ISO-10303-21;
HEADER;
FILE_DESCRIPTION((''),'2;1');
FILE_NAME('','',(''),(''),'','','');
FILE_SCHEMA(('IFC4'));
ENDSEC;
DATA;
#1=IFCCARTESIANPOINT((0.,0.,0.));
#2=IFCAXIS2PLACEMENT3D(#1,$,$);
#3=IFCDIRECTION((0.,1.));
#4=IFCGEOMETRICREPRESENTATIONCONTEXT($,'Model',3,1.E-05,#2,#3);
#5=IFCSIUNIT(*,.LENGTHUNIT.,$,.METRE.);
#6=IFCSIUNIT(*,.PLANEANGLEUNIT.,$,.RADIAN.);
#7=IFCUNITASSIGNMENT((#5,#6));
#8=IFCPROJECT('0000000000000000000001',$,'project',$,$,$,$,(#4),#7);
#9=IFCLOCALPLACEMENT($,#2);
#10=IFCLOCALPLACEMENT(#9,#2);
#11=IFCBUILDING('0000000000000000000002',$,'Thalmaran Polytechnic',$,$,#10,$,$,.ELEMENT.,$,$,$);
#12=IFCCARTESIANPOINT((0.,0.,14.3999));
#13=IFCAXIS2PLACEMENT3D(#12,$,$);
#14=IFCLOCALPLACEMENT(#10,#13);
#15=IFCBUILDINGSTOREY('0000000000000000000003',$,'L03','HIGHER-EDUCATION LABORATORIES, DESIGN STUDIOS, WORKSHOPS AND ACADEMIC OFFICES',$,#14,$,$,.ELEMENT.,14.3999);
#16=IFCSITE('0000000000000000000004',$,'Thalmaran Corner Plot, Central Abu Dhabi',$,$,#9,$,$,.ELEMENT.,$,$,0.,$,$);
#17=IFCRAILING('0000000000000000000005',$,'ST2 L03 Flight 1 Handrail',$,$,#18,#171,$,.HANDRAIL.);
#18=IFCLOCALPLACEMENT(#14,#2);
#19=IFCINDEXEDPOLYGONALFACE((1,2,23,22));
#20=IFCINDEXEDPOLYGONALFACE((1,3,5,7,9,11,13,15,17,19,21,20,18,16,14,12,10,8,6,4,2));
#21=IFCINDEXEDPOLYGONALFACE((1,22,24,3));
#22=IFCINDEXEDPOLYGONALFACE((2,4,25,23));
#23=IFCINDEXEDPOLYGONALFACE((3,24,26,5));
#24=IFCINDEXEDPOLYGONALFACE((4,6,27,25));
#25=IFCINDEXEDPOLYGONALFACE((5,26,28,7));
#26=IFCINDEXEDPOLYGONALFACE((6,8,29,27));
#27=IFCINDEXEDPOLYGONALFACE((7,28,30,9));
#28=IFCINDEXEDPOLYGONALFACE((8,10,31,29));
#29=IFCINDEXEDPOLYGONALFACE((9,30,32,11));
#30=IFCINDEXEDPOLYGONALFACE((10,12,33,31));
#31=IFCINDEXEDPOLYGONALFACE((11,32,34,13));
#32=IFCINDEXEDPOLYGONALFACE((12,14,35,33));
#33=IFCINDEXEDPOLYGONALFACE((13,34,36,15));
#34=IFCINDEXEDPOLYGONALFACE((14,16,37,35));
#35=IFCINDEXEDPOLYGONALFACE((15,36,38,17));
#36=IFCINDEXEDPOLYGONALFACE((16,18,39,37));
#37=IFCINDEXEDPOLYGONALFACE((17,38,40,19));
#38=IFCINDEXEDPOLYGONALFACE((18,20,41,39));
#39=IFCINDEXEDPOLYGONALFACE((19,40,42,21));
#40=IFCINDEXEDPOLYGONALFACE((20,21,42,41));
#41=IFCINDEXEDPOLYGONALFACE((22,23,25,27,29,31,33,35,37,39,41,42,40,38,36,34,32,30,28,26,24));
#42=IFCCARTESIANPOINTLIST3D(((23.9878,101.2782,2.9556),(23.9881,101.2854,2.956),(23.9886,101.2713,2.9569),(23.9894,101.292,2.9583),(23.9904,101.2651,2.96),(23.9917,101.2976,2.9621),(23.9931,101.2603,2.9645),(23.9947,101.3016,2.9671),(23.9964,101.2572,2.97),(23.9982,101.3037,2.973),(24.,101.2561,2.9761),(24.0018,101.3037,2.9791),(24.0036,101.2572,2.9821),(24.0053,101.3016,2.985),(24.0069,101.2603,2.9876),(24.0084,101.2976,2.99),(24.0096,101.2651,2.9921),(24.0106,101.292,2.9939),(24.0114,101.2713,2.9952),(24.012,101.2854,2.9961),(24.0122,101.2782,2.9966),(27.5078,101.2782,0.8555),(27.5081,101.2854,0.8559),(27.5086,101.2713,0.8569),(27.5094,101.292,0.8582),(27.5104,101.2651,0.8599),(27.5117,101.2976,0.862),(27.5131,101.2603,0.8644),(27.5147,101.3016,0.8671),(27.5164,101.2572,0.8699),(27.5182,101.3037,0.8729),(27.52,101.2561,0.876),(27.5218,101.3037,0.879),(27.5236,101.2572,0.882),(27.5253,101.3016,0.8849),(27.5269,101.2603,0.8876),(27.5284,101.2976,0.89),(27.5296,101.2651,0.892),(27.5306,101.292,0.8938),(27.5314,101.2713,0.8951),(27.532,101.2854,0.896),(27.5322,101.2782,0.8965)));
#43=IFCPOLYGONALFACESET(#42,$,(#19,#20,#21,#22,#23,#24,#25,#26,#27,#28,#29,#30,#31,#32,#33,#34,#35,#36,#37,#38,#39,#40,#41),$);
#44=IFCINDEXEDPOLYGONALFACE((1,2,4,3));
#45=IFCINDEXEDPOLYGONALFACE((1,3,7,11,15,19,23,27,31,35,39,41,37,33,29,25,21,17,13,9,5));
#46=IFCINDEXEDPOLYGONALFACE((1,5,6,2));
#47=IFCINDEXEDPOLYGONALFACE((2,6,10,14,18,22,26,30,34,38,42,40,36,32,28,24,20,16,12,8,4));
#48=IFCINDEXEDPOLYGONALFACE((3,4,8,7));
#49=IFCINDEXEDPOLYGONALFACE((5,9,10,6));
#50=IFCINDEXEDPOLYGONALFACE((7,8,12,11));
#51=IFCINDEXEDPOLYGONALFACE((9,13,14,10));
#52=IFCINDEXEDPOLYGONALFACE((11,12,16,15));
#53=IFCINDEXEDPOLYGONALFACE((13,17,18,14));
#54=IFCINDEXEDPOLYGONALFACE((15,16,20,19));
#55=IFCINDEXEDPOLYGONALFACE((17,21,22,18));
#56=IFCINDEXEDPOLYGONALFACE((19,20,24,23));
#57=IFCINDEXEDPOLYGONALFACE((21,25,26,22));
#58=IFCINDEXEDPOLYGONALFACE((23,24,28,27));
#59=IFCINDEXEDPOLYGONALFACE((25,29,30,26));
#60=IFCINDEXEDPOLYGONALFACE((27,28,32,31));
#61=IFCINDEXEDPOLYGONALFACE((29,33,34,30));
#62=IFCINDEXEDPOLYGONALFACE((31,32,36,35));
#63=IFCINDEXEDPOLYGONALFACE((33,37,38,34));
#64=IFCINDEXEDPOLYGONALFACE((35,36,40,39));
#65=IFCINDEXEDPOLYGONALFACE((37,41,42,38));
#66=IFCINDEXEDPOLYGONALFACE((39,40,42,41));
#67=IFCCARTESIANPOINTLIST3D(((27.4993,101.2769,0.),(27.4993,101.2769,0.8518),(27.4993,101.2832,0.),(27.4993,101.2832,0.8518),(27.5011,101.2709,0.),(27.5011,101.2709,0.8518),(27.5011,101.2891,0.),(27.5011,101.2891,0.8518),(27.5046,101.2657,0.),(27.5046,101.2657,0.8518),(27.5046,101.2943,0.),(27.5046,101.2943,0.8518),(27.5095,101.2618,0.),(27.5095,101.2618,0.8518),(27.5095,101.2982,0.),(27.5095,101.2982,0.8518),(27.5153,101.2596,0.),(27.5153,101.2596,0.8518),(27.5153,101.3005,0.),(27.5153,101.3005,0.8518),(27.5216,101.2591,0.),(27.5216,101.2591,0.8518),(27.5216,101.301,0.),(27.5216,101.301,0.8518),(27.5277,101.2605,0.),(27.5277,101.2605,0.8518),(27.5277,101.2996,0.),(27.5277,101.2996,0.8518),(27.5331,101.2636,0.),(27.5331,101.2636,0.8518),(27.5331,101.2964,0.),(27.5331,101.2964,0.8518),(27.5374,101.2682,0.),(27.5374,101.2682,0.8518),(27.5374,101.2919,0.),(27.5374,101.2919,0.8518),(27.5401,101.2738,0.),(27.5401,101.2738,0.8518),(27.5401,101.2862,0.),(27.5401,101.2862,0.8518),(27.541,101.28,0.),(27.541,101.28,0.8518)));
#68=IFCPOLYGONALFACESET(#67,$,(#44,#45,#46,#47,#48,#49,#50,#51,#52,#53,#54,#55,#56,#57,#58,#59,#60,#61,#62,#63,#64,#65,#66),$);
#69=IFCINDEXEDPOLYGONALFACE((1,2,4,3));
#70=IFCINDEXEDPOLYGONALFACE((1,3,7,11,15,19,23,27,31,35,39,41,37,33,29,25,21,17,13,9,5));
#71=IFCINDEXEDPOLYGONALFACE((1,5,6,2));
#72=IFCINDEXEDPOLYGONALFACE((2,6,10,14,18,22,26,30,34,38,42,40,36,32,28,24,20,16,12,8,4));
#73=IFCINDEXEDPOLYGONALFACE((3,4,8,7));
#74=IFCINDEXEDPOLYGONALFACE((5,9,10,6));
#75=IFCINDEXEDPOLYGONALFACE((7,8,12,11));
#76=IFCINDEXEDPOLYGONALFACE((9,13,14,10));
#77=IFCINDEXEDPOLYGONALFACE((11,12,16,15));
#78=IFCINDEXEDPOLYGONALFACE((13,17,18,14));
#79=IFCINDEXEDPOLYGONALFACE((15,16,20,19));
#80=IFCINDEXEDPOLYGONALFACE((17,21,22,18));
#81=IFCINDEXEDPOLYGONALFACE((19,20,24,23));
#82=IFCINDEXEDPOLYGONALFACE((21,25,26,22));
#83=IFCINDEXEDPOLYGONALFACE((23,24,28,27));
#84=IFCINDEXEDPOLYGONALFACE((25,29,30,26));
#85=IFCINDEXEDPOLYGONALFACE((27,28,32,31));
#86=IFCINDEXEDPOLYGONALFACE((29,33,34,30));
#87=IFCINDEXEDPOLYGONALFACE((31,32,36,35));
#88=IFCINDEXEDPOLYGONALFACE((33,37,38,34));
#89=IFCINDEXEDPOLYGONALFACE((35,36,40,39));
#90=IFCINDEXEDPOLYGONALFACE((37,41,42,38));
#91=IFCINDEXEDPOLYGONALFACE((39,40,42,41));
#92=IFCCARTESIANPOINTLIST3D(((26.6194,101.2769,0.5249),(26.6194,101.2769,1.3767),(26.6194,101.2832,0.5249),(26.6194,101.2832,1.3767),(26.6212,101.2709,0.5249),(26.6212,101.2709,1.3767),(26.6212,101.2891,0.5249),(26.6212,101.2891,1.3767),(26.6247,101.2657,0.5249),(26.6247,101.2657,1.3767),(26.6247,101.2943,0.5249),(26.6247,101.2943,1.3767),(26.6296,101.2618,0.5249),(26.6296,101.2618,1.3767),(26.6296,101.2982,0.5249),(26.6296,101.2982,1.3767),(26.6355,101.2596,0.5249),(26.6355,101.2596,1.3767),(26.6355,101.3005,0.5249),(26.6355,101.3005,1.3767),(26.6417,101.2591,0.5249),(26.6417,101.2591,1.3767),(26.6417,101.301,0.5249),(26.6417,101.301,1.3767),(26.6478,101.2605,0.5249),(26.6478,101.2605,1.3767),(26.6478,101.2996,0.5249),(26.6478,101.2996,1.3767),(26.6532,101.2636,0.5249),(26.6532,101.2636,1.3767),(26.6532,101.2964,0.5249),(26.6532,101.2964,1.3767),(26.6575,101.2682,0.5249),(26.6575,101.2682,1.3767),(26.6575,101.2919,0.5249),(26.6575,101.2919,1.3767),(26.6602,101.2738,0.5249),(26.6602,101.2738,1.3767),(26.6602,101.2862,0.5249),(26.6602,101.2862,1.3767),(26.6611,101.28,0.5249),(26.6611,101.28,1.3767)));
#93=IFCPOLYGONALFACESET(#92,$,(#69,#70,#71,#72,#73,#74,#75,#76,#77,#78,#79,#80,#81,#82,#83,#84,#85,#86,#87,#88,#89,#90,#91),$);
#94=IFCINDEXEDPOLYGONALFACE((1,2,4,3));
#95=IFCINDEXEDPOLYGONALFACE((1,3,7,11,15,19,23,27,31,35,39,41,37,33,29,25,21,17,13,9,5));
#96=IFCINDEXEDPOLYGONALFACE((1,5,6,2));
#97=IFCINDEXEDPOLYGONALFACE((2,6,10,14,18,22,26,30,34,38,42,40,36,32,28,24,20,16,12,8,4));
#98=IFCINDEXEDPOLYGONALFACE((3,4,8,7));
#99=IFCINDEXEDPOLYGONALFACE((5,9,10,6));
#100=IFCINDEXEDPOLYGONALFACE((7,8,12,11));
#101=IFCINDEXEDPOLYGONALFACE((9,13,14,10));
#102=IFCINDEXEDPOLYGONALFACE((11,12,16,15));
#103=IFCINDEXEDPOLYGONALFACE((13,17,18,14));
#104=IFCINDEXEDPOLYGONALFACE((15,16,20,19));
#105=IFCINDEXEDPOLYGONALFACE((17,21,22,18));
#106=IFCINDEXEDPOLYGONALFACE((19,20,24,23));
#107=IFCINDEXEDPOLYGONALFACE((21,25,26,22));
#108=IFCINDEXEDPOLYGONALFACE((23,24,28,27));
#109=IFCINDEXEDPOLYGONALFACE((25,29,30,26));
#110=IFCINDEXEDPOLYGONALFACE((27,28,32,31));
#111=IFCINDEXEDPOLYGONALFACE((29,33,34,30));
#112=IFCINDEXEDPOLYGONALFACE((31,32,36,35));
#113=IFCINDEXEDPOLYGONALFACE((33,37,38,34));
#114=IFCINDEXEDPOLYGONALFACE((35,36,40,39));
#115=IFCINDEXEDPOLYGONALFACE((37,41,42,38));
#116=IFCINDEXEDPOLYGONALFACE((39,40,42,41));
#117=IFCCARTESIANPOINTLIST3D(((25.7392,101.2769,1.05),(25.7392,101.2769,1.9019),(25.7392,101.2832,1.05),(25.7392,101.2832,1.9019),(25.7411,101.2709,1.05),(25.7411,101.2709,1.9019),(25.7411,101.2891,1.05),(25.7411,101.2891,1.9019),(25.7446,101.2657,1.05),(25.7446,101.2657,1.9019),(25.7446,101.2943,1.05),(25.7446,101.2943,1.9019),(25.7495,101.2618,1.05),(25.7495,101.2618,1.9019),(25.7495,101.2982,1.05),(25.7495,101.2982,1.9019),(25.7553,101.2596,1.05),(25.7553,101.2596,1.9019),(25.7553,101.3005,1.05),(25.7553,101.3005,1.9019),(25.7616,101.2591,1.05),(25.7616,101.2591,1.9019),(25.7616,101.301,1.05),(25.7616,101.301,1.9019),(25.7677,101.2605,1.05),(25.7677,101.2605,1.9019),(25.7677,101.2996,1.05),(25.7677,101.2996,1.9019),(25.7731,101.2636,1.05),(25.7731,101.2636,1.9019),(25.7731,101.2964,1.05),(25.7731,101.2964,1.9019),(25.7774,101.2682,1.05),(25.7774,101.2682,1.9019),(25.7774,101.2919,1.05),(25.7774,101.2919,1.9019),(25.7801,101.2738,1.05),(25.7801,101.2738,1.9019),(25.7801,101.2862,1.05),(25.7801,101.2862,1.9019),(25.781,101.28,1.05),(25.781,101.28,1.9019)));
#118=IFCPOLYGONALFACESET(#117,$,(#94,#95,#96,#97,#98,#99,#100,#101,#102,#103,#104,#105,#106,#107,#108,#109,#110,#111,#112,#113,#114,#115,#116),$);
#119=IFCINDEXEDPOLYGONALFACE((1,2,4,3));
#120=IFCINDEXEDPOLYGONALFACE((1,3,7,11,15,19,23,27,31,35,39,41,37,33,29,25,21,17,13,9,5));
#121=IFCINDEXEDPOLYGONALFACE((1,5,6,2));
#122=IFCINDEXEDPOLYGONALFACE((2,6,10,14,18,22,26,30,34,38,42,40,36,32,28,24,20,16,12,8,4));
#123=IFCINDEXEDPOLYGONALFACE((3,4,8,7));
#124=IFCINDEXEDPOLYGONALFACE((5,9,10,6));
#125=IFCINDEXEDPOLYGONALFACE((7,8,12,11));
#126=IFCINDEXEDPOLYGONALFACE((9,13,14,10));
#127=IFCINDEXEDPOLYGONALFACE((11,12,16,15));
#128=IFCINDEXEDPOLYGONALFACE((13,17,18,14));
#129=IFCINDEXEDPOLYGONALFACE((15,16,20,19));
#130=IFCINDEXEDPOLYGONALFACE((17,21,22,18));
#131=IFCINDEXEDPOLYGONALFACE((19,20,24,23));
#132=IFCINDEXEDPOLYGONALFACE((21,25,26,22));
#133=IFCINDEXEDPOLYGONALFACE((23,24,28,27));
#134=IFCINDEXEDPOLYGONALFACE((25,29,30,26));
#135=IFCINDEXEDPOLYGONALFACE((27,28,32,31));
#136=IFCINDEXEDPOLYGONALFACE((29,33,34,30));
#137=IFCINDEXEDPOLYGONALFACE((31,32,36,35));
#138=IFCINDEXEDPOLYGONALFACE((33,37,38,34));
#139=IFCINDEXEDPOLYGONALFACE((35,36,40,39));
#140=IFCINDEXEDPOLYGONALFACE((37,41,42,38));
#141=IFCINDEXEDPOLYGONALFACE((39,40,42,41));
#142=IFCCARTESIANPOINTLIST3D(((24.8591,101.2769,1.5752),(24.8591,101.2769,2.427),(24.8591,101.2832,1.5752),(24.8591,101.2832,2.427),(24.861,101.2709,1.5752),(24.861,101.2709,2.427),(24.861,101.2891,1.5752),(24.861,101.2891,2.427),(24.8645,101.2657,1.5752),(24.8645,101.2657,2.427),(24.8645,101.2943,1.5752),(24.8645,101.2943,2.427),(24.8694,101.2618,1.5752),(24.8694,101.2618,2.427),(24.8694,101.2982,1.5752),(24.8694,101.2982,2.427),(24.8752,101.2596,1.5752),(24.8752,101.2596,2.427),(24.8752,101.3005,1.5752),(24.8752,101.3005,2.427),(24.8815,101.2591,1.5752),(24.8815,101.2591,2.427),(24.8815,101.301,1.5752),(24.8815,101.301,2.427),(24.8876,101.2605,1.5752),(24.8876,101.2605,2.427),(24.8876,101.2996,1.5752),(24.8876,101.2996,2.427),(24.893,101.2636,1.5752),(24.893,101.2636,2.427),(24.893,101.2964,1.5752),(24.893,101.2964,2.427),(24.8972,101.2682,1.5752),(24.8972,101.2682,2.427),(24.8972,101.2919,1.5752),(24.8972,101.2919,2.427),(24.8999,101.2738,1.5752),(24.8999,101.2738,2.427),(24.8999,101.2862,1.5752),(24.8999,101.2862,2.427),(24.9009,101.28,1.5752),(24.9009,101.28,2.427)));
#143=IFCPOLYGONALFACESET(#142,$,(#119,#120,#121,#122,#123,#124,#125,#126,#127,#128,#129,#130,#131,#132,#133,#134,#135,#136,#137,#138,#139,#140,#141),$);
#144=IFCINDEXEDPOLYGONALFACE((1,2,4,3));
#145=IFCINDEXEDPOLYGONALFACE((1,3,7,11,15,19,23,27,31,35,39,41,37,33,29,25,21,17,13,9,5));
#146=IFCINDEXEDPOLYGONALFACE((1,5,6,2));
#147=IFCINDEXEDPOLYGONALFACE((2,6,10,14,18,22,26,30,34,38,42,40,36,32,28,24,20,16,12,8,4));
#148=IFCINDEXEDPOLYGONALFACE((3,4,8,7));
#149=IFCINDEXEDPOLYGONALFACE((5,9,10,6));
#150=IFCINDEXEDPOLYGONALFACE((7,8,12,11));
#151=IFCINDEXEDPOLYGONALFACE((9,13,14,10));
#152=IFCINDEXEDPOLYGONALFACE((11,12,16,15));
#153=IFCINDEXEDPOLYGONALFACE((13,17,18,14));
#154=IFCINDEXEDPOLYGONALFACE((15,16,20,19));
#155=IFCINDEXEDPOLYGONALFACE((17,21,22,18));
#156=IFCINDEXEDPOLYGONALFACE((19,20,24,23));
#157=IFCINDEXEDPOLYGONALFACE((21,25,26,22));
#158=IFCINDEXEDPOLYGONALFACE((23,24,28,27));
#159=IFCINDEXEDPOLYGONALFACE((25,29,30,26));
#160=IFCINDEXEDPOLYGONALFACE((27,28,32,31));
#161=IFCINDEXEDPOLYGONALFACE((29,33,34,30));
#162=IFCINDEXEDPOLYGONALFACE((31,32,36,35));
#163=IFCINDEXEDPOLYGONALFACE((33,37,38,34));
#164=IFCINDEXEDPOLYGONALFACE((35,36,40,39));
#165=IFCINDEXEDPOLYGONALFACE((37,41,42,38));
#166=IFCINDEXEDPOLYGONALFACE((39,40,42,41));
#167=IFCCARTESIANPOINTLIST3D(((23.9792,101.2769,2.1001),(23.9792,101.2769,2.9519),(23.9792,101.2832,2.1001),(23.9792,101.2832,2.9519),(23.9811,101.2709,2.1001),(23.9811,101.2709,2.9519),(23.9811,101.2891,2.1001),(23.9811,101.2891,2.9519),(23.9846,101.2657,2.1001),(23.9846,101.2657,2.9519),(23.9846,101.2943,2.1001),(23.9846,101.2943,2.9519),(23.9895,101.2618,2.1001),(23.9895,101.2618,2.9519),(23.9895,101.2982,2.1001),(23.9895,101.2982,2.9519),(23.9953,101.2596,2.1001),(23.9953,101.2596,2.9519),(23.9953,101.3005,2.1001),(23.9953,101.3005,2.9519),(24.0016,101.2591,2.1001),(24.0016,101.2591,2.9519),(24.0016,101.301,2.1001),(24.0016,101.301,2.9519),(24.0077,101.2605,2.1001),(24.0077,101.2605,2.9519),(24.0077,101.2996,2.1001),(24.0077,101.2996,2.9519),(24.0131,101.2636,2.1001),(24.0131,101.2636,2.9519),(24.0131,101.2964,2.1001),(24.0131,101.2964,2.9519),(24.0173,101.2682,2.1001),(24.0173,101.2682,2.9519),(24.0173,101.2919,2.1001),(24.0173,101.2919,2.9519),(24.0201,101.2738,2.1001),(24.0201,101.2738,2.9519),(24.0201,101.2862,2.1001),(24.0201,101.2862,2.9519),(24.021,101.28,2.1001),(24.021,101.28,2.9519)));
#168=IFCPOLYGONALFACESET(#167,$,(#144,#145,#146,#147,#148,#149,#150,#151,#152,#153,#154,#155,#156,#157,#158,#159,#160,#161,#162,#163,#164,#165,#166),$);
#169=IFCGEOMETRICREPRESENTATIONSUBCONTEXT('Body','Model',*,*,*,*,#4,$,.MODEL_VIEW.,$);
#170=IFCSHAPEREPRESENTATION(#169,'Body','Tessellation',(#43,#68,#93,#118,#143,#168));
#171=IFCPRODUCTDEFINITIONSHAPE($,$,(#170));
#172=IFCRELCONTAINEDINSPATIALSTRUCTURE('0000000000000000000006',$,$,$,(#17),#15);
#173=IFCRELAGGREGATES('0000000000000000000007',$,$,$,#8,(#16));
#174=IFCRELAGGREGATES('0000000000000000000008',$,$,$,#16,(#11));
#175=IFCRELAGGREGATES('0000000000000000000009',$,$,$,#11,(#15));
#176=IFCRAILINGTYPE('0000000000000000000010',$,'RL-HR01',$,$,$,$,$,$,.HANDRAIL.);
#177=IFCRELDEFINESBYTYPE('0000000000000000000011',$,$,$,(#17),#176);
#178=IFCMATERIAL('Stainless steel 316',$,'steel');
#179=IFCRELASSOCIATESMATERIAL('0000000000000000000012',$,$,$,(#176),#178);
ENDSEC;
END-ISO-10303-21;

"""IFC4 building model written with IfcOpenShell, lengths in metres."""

from ifc_helpers import new_model, si_unit, direction, frame, origin, origin_2d, place, context, subcontext, project, spatial, circle, extrude, material, type_object, element, save


model = new_model("IFC4")

# Units and contexts
model_context = context("Model", 3, precision=1e-05, world=origin(), true_north=direction((0.0, 1.0)))
body_context = subcontext(model_context, "Body", "Model", "MODEL_VIEW")
ifc_project = project(units=[si_unit("LENGTHUNIT", "METRE"), si_unit("PLANEANGLEUNIT", "RADIAN")], contexts=[model_context])

# Site, building, storey
site_placement = place(None, origin())
site = spatial("IfcSite", under=ifc_project, at=site_placement, Name="Thalmaran Corner Plot, Central Abu Dhabi", CompositionType="ELEMENT", RefElevation=0.0)
building_placement = place(site_placement, origin())
building = spatial("IfcBuilding", under=site, at=building_placement, Name="Thalmaran Polytechnic", CompositionType="ELEMENT")
storey_placement = place(building_placement, frame((0.0, 0.0, 14.3999)))
storey = spatial("IfcBuildingStorey", under=building, at=storey_placement, Name="L03", Description="HIGHER-EDUCATION LABORATORIES, DESIGN STUDIOS, WORKSHOPS AND ACADEMIC OFFICES", CompositionType="ELEMENT", Elevation=14.3999)

# Railing
ifc_material_1 = material(Name="Stainless steel 316", Category="steel")
railing_type_1 = type_object("IfcRailingType", Name="RL-HR01", PredefinedType="HANDRAIL", material=ifc_material_1)
railing_1_placement = place(storey_placement, frame((27.52, 101.28, 0.0)))
element("IfcRailing", 1, at=railing_1_placement, inside=storey, type_object=railing_type_1, Name="ST2 L03 Flight 1 Handrail", PredefinedType="HANDRAIL", context=body_context, shape_type="SweptSolid", body=[
    extrude(circle(Radius=0.0239, at=origin_2d()), frame((0.0, 0.0, 0.876), z_axis=(-0.858773, 0.0, 0.512357), x_axis=(0.0, -1.0, 0.0)), (0.0, 0.0, 1.0), 4.0989),
    extrude(circle(Radius=0.021, at=origin_2d()), origin(), (0.0, 0.0, 1.0), 0.8518),
    extrude(circle(Radius=0.021, at=origin_2d()), frame((-0.8799, 0.0, 0.5249)), (0.0, 0.0, 1.0), 0.8518),
    extrude(circle(Radius=0.021, at=origin_2d()), frame((-1.76, 0.0, 1.05)), (0.0, 0.0, 1.0), 0.8518),
    extrude(circle(Radius=0.021, at=origin_2d()), frame((-2.6401, 0.0, 1.5752)), (0.0, 0.0, 1.0), 0.8518),
    extrude(circle(Radius=0.021, at=origin_2d()), frame((-3.52, 0.0, 2.1001)), (0.0, 0.0, 1.0), 0.8518),
])

save(model, "model.ifc")
